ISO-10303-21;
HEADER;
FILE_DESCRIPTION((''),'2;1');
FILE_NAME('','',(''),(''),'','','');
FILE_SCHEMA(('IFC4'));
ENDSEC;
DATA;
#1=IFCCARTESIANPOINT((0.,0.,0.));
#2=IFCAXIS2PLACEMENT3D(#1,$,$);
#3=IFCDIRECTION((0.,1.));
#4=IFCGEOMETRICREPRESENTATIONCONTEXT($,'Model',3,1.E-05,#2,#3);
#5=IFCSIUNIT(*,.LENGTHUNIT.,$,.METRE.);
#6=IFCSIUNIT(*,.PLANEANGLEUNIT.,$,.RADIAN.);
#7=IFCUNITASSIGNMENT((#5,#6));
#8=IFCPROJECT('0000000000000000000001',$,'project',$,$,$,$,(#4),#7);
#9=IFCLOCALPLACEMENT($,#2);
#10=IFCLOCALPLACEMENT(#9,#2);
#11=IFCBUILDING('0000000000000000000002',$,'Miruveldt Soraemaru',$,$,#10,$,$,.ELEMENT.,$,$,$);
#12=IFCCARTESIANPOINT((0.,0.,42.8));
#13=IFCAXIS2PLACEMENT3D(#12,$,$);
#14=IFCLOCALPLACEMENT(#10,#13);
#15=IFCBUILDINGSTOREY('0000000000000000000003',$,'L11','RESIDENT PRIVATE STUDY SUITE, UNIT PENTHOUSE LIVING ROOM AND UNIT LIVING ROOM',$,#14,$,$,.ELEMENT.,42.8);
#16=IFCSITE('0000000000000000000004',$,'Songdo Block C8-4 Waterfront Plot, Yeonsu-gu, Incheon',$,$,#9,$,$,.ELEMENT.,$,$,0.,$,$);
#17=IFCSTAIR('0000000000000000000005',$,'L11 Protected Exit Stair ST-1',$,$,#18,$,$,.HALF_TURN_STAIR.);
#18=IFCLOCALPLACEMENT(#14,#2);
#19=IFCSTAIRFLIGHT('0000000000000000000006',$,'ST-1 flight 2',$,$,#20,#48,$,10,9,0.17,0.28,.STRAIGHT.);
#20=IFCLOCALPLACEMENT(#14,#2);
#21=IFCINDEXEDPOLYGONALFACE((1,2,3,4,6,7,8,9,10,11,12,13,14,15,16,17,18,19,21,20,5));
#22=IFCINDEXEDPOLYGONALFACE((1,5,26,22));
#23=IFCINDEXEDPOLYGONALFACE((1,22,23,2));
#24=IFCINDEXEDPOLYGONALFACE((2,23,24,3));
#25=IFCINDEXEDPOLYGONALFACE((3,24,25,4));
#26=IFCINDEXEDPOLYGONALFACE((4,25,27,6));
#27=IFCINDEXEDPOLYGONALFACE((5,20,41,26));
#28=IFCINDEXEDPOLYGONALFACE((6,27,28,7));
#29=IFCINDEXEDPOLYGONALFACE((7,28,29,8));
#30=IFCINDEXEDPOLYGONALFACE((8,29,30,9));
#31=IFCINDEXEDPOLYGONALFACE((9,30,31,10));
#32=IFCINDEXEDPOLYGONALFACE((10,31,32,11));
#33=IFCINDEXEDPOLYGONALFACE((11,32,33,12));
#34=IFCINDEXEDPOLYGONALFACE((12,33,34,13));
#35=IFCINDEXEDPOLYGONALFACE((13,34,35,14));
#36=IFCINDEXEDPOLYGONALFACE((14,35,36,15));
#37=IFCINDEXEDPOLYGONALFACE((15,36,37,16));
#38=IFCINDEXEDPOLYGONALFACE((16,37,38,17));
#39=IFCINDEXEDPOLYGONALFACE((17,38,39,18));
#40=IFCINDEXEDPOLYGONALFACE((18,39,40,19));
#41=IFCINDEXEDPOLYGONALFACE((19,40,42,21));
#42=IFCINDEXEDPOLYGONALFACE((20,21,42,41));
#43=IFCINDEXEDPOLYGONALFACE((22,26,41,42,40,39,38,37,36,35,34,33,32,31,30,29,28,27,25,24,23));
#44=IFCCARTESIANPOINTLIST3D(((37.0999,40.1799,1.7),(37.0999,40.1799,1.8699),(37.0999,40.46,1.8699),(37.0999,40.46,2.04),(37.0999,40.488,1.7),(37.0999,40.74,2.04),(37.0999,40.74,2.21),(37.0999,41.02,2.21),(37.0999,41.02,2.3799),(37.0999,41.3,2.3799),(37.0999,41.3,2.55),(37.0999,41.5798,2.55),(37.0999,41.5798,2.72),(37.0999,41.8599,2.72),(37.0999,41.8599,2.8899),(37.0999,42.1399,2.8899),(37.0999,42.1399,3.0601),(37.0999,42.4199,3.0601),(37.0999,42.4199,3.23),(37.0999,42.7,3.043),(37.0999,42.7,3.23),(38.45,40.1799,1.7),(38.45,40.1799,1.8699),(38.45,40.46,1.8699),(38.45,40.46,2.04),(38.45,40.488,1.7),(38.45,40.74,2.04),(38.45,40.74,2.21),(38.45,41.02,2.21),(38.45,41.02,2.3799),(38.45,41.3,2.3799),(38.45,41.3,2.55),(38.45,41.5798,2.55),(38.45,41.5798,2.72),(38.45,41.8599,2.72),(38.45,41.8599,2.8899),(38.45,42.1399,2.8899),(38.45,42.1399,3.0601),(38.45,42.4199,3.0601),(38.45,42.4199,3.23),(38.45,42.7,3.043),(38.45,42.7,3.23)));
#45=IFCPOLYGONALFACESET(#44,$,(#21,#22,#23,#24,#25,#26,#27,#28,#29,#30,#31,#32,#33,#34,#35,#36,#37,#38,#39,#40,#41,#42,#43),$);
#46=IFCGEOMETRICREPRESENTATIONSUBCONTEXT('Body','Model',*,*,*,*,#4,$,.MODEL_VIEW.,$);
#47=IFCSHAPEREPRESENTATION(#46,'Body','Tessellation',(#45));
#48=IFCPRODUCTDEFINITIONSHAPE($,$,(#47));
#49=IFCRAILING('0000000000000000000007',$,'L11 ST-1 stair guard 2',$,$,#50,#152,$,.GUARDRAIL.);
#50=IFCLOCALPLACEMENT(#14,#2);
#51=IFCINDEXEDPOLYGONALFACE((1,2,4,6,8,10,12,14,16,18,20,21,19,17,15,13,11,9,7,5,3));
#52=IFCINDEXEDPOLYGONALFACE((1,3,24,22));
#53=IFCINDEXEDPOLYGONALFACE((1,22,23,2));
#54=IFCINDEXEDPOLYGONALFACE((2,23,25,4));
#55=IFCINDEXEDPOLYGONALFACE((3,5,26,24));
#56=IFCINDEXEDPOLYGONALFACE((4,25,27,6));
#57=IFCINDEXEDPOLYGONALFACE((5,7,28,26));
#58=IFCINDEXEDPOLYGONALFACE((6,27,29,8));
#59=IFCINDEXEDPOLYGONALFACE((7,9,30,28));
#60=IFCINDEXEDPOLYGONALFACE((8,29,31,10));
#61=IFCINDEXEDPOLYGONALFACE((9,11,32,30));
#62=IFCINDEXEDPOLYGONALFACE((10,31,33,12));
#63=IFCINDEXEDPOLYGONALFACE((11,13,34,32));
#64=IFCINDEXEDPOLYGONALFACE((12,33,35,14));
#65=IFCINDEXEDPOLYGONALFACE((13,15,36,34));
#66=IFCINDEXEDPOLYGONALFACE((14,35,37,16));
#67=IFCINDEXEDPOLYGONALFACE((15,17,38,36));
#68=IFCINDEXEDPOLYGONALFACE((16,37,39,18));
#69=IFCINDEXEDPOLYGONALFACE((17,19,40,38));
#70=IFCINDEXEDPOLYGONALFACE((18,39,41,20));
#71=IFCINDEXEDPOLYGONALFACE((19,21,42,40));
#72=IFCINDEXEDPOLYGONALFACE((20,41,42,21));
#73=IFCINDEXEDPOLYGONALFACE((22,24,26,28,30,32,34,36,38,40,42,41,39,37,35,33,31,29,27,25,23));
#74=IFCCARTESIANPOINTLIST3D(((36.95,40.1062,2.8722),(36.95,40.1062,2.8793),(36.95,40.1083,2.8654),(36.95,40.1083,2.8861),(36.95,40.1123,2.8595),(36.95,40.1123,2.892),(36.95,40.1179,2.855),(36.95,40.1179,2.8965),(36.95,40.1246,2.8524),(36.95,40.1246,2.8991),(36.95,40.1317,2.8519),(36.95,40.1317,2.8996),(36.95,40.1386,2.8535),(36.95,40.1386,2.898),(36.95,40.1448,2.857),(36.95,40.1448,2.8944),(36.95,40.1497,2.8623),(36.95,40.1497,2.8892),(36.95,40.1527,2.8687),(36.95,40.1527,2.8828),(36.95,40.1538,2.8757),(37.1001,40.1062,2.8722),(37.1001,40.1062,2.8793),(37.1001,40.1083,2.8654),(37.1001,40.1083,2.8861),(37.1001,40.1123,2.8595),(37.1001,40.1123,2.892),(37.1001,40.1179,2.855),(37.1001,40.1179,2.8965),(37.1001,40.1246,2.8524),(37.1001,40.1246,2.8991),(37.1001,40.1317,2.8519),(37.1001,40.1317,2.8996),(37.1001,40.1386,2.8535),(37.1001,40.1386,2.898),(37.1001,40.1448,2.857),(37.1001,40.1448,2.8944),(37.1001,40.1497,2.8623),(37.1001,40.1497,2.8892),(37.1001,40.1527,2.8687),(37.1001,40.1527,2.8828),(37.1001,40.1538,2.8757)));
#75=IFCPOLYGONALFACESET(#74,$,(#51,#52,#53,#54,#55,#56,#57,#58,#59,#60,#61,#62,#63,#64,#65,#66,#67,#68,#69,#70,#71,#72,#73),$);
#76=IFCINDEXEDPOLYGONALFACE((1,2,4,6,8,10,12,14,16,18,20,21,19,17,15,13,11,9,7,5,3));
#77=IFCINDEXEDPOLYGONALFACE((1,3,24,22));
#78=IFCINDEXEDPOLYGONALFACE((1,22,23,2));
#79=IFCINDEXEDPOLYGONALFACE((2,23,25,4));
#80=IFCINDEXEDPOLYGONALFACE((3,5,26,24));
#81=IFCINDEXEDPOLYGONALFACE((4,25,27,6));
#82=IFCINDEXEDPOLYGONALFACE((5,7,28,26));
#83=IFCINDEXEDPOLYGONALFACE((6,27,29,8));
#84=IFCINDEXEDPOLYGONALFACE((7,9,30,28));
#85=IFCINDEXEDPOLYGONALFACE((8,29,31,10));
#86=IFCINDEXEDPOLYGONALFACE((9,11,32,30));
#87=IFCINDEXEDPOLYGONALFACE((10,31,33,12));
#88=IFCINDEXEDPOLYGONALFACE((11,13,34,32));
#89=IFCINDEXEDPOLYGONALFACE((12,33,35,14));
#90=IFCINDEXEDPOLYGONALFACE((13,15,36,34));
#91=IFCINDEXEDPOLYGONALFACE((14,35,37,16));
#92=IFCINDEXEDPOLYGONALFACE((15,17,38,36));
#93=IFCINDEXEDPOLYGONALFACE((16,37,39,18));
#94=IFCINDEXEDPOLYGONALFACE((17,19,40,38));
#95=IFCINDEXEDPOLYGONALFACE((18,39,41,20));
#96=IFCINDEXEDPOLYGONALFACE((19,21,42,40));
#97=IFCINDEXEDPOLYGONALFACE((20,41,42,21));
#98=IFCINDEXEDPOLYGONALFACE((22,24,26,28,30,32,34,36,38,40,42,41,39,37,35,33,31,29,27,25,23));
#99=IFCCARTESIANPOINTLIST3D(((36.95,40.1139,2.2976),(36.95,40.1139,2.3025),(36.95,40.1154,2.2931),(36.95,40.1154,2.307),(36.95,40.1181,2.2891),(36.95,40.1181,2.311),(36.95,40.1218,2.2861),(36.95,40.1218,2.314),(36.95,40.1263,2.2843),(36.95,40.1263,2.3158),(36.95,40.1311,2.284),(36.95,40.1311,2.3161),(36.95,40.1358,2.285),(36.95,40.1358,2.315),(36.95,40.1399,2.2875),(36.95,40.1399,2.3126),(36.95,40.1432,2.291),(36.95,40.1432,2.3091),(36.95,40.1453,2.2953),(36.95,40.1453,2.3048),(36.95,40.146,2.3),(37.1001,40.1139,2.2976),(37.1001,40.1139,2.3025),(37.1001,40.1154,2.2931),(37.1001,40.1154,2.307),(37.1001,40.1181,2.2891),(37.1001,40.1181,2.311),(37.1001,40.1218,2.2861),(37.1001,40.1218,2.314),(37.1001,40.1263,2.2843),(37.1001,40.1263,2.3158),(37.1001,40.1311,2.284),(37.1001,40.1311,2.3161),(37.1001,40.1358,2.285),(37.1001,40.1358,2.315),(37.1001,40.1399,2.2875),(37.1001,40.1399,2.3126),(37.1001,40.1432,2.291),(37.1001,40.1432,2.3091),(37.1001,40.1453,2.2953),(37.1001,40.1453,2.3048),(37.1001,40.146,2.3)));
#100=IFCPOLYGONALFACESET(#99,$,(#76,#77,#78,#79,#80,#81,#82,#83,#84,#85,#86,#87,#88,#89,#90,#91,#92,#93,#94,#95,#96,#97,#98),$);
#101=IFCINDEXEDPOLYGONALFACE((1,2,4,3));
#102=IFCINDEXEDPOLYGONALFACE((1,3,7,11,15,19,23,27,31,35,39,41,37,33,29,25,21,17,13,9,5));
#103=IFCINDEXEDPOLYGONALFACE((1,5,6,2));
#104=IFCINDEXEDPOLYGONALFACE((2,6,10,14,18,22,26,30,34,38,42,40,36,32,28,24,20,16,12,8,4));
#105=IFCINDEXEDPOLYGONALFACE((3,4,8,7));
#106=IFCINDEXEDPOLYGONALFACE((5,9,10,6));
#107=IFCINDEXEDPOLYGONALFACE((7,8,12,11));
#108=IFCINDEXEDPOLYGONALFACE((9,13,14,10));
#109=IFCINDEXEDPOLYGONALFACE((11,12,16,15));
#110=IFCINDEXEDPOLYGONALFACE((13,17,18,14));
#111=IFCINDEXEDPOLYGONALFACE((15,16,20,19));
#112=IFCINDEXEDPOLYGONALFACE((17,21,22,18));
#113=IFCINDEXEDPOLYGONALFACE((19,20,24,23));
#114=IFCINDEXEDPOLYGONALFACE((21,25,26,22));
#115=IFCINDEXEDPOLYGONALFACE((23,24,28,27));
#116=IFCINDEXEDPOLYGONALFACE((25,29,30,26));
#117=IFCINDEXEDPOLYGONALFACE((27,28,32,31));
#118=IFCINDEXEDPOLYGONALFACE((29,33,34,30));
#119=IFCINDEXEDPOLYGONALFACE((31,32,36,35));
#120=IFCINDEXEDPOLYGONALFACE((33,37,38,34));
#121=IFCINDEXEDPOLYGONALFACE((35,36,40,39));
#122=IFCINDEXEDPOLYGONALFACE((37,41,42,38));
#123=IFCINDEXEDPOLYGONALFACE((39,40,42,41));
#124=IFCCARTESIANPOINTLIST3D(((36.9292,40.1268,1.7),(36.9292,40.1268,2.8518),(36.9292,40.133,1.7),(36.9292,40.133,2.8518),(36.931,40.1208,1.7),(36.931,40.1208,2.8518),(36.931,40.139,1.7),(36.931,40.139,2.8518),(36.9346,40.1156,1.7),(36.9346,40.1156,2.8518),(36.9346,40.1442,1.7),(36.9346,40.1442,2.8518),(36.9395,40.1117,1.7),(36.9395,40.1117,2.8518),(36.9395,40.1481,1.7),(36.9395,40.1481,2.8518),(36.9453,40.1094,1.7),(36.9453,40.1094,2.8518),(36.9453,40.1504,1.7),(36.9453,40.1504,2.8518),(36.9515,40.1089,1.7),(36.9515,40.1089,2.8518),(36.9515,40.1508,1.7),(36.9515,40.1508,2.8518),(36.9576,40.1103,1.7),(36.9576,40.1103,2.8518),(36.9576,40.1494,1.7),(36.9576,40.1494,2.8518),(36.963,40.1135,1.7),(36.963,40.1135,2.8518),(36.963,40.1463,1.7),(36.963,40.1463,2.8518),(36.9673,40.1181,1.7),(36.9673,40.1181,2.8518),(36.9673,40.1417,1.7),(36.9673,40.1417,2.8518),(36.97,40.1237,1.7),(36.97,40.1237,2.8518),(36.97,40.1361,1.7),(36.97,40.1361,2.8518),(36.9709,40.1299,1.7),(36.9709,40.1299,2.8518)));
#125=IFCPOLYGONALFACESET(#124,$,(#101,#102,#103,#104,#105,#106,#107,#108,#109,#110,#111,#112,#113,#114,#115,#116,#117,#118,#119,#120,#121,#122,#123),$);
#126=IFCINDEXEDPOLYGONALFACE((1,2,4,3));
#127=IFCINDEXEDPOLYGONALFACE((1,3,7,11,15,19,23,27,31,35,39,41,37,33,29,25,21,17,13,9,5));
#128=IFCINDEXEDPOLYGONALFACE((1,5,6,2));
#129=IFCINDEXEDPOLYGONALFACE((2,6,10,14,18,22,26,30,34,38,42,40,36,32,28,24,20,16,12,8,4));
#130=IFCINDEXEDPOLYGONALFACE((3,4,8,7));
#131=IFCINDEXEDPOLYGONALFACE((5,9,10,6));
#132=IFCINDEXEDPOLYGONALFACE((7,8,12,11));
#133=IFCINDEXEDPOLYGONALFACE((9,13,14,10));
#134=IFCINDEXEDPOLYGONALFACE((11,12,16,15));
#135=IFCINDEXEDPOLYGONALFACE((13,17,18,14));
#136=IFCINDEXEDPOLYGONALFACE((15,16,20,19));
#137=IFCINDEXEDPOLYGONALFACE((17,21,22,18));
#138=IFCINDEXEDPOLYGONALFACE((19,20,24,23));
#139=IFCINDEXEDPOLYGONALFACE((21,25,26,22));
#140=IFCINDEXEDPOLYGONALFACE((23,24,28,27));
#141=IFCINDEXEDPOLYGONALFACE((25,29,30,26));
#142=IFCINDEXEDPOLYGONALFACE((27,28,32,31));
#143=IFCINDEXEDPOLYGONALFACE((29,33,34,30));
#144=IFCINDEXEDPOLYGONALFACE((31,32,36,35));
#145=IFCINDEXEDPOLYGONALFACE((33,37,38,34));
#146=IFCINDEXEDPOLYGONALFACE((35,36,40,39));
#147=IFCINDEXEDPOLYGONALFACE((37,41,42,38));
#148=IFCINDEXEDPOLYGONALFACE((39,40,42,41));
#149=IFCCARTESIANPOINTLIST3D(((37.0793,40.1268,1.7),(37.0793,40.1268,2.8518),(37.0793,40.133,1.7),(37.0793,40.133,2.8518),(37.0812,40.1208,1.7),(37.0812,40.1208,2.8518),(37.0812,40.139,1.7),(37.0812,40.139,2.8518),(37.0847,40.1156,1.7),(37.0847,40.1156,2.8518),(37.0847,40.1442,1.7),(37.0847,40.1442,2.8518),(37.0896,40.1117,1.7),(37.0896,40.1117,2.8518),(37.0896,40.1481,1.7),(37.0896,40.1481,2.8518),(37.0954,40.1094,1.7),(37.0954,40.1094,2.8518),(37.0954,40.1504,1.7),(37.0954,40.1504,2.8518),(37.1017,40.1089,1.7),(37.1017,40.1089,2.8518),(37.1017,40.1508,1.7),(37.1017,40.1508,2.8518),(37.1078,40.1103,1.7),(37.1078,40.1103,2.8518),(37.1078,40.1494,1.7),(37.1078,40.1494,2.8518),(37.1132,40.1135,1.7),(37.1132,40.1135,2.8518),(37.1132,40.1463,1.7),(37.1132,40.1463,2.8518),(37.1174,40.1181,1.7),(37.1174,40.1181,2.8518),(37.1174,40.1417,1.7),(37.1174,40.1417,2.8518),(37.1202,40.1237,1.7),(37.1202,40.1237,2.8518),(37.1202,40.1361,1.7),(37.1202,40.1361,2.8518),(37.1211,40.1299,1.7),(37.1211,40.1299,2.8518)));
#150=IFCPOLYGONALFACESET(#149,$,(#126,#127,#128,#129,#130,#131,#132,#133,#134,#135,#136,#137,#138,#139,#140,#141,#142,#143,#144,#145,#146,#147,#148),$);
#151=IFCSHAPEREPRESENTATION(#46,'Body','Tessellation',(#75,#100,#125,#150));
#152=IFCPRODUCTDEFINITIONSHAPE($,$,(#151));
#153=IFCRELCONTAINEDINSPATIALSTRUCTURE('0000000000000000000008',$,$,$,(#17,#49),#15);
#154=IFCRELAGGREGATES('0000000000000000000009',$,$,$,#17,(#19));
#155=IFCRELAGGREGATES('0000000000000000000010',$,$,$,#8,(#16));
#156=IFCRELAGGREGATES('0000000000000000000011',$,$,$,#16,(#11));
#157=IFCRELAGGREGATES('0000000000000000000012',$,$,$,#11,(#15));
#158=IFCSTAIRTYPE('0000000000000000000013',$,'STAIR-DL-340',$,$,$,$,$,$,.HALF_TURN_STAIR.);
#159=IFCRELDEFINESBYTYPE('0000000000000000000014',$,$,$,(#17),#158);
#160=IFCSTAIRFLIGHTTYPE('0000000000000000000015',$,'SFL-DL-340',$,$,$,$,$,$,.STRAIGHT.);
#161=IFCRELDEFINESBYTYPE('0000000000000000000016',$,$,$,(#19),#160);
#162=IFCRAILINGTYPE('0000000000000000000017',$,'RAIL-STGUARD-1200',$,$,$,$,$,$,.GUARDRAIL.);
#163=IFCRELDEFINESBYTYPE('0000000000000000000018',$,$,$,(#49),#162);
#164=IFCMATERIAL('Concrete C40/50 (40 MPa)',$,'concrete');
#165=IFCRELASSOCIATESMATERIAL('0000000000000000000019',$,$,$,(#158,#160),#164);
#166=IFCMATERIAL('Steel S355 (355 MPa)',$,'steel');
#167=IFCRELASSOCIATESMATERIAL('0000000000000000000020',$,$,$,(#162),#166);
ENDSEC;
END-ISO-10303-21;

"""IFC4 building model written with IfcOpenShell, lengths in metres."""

from ifc_helpers import new_model, si_unit, direction, frame, origin, origin_2d, place, context, subcontext, project, spatial, polyline, circle, outline, extrude, material, type_object, element, aggregate, save


model = new_model("IFC4")

# Units and contexts
model_context = context("Model", 3, precision=1e-05, world=origin(), true_north=direction((0.0, 1.0)))
body_context = subcontext(model_context, "Body", "Model", "MODEL_VIEW")
ifc_project = project(units=[si_unit("LENGTHUNIT", "METRE"), si_unit("PLANEANGLEUNIT", "RADIAN")], contexts=[model_context])

# Site, building, storey
site_placement = place(None, origin())
site = spatial("IfcSite", under=ifc_project, at=site_placement, Name="Songdo Block C8-4 Waterfront Plot, Yeonsu-gu, Incheon", CompositionType="ELEMENT", RefElevation=0.0)
building_placement = place(site_placement, origin())
building = spatial("IfcBuilding", under=site, at=building_placement, Name="Miruveldt Soraemaru", CompositionType="ELEMENT")
storey_placement = place(building_placement, frame((0.0, 0.0, 42.8)))
storey = spatial("IfcBuildingStorey", under=building, at=storey_placement, Name="L11", Description="RESIDENT PRIVATE STUDY SUITE, UNIT PENTHOUSE LIVING ROOM AND UNIT LIVING ROOM", CompositionType="ELEMENT", Elevation=42.8)

# Shared definitions
ifc_material_1 = material(Name="Concrete C40/50 (40 MPa)", Category="concrete")

# Stair, stair flight
stair_type = type_object("IfcStairType", Name="STAIR-DL-340", PredefinedType="HALF_TURN_STAIR", material=ifc_material_1)
stair_placement = place(storey_placement, origin())
stair = element("IfcStair", 1, at=stair_placement, inside=storey, type_object=stair_type, Name="L11 Protected Exit Stair ST-1", PredefinedType="HALF_TURN_STAIR")
stair_flight_type = type_object("IfcStairFlightType", Name="SFL-DL-340", PredefinedType="STRAIGHT", material=ifc_material_1)
stair_flight_placement = place(storey_placement, frame((37.7749, 40.1799, 1.7), z_axis=(0.0, 0.0, 1.0), x_axis=(0.0, 1.0, 0.0)))
stair_flight = element("IfcStairFlight", 2, at=stair_flight_placement, type_object=stair_flight_type, Name="ST-1 flight 2", NumberOfRisers=10, NumberOfTreads=9, PredefinedType="STRAIGHT", RiserHeight=0.17, TreadLength=0.28, context=body_context, shape_type="SweptSolid", body=[
    extrude(outline(polyline([(0.0, 0.0), (0.0, 0.1699), (0.28, 0.1699), (0.28, 0.3401), (0.5601, 0.3401), (0.5601, 0.51), (0.8401, 0.51), (0.8401, 0.6799), (1.1201, 0.6799), (1.1201, 0.8501), (1.3999, 0.8501), (1.3999, 1.02), (1.6799, 1.02), (1.6799, 1.1899), (1.96, 1.1899), (1.96, 1.3601), (2.24, 1.3601), (2.24, 1.53), (2.52, 1.53), (2.52, 1.7), (2.52, 1.343), (0.3081, 0.0), (0.0, 0.0)])), frame((0.0, 0.675, 0.0), z_axis=(0.0, -1.0, 0.0), x_axis=(1.0, 0.0, 0.0)), (0.0, 0.0, 1.0), 1.3501),
])
aggregate(stair, [stair_flight])

# Railing
ifc_material_2 = material(Name="Steel S355 (355 MPa)", Category="steel")
railing_type = type_object("IfcRailingType", Name="RAIL-STGUARD-1200", PredefinedType="GUARDRAIL", material=ifc_material_2)
railing_1_placement = place(storey_placement, frame((36.95, 40.1299, 1.7)))
element("IfcRailing", 3, at=railing_1_placement, inside=storey, type_object=railing_type, Name="L11 ST-1 stair guard 2", PredefinedType="GUARDRAIL", context=body_context, shape_type="SweptSolid", body=[
    extrude(circle(Radius=0.0239, at=origin_2d()), frame((0.0, 0.0, 1.1758), z_axis=(1.0, 0.0, 0.0), x_axis=(0.0, 1.0, 0.0)), (0.0, 0.0, 1.0), 0.1501),
    extrude(circle(Radius=0.0161, at=origin_2d()), frame((0.0, 0.0, 0.6001), z_axis=(1.0, 0.0, 0.0), x_axis=(0.0, 1.0, 0.0)), (0.0, 0.0, 1.0), 0.1501),
    extrude(circle(Radius=0.021, at=origin_2d()), origin(), (0.0, 0.0, 1.0), 1.1519),
    extrude(circle(Radius=0.021, at=origin_2d()), frame((0.1501, 0.0, 0.0)), (0.0, 0.0, 1.0), 1.1519),
])

save(model, "model.ifc")
